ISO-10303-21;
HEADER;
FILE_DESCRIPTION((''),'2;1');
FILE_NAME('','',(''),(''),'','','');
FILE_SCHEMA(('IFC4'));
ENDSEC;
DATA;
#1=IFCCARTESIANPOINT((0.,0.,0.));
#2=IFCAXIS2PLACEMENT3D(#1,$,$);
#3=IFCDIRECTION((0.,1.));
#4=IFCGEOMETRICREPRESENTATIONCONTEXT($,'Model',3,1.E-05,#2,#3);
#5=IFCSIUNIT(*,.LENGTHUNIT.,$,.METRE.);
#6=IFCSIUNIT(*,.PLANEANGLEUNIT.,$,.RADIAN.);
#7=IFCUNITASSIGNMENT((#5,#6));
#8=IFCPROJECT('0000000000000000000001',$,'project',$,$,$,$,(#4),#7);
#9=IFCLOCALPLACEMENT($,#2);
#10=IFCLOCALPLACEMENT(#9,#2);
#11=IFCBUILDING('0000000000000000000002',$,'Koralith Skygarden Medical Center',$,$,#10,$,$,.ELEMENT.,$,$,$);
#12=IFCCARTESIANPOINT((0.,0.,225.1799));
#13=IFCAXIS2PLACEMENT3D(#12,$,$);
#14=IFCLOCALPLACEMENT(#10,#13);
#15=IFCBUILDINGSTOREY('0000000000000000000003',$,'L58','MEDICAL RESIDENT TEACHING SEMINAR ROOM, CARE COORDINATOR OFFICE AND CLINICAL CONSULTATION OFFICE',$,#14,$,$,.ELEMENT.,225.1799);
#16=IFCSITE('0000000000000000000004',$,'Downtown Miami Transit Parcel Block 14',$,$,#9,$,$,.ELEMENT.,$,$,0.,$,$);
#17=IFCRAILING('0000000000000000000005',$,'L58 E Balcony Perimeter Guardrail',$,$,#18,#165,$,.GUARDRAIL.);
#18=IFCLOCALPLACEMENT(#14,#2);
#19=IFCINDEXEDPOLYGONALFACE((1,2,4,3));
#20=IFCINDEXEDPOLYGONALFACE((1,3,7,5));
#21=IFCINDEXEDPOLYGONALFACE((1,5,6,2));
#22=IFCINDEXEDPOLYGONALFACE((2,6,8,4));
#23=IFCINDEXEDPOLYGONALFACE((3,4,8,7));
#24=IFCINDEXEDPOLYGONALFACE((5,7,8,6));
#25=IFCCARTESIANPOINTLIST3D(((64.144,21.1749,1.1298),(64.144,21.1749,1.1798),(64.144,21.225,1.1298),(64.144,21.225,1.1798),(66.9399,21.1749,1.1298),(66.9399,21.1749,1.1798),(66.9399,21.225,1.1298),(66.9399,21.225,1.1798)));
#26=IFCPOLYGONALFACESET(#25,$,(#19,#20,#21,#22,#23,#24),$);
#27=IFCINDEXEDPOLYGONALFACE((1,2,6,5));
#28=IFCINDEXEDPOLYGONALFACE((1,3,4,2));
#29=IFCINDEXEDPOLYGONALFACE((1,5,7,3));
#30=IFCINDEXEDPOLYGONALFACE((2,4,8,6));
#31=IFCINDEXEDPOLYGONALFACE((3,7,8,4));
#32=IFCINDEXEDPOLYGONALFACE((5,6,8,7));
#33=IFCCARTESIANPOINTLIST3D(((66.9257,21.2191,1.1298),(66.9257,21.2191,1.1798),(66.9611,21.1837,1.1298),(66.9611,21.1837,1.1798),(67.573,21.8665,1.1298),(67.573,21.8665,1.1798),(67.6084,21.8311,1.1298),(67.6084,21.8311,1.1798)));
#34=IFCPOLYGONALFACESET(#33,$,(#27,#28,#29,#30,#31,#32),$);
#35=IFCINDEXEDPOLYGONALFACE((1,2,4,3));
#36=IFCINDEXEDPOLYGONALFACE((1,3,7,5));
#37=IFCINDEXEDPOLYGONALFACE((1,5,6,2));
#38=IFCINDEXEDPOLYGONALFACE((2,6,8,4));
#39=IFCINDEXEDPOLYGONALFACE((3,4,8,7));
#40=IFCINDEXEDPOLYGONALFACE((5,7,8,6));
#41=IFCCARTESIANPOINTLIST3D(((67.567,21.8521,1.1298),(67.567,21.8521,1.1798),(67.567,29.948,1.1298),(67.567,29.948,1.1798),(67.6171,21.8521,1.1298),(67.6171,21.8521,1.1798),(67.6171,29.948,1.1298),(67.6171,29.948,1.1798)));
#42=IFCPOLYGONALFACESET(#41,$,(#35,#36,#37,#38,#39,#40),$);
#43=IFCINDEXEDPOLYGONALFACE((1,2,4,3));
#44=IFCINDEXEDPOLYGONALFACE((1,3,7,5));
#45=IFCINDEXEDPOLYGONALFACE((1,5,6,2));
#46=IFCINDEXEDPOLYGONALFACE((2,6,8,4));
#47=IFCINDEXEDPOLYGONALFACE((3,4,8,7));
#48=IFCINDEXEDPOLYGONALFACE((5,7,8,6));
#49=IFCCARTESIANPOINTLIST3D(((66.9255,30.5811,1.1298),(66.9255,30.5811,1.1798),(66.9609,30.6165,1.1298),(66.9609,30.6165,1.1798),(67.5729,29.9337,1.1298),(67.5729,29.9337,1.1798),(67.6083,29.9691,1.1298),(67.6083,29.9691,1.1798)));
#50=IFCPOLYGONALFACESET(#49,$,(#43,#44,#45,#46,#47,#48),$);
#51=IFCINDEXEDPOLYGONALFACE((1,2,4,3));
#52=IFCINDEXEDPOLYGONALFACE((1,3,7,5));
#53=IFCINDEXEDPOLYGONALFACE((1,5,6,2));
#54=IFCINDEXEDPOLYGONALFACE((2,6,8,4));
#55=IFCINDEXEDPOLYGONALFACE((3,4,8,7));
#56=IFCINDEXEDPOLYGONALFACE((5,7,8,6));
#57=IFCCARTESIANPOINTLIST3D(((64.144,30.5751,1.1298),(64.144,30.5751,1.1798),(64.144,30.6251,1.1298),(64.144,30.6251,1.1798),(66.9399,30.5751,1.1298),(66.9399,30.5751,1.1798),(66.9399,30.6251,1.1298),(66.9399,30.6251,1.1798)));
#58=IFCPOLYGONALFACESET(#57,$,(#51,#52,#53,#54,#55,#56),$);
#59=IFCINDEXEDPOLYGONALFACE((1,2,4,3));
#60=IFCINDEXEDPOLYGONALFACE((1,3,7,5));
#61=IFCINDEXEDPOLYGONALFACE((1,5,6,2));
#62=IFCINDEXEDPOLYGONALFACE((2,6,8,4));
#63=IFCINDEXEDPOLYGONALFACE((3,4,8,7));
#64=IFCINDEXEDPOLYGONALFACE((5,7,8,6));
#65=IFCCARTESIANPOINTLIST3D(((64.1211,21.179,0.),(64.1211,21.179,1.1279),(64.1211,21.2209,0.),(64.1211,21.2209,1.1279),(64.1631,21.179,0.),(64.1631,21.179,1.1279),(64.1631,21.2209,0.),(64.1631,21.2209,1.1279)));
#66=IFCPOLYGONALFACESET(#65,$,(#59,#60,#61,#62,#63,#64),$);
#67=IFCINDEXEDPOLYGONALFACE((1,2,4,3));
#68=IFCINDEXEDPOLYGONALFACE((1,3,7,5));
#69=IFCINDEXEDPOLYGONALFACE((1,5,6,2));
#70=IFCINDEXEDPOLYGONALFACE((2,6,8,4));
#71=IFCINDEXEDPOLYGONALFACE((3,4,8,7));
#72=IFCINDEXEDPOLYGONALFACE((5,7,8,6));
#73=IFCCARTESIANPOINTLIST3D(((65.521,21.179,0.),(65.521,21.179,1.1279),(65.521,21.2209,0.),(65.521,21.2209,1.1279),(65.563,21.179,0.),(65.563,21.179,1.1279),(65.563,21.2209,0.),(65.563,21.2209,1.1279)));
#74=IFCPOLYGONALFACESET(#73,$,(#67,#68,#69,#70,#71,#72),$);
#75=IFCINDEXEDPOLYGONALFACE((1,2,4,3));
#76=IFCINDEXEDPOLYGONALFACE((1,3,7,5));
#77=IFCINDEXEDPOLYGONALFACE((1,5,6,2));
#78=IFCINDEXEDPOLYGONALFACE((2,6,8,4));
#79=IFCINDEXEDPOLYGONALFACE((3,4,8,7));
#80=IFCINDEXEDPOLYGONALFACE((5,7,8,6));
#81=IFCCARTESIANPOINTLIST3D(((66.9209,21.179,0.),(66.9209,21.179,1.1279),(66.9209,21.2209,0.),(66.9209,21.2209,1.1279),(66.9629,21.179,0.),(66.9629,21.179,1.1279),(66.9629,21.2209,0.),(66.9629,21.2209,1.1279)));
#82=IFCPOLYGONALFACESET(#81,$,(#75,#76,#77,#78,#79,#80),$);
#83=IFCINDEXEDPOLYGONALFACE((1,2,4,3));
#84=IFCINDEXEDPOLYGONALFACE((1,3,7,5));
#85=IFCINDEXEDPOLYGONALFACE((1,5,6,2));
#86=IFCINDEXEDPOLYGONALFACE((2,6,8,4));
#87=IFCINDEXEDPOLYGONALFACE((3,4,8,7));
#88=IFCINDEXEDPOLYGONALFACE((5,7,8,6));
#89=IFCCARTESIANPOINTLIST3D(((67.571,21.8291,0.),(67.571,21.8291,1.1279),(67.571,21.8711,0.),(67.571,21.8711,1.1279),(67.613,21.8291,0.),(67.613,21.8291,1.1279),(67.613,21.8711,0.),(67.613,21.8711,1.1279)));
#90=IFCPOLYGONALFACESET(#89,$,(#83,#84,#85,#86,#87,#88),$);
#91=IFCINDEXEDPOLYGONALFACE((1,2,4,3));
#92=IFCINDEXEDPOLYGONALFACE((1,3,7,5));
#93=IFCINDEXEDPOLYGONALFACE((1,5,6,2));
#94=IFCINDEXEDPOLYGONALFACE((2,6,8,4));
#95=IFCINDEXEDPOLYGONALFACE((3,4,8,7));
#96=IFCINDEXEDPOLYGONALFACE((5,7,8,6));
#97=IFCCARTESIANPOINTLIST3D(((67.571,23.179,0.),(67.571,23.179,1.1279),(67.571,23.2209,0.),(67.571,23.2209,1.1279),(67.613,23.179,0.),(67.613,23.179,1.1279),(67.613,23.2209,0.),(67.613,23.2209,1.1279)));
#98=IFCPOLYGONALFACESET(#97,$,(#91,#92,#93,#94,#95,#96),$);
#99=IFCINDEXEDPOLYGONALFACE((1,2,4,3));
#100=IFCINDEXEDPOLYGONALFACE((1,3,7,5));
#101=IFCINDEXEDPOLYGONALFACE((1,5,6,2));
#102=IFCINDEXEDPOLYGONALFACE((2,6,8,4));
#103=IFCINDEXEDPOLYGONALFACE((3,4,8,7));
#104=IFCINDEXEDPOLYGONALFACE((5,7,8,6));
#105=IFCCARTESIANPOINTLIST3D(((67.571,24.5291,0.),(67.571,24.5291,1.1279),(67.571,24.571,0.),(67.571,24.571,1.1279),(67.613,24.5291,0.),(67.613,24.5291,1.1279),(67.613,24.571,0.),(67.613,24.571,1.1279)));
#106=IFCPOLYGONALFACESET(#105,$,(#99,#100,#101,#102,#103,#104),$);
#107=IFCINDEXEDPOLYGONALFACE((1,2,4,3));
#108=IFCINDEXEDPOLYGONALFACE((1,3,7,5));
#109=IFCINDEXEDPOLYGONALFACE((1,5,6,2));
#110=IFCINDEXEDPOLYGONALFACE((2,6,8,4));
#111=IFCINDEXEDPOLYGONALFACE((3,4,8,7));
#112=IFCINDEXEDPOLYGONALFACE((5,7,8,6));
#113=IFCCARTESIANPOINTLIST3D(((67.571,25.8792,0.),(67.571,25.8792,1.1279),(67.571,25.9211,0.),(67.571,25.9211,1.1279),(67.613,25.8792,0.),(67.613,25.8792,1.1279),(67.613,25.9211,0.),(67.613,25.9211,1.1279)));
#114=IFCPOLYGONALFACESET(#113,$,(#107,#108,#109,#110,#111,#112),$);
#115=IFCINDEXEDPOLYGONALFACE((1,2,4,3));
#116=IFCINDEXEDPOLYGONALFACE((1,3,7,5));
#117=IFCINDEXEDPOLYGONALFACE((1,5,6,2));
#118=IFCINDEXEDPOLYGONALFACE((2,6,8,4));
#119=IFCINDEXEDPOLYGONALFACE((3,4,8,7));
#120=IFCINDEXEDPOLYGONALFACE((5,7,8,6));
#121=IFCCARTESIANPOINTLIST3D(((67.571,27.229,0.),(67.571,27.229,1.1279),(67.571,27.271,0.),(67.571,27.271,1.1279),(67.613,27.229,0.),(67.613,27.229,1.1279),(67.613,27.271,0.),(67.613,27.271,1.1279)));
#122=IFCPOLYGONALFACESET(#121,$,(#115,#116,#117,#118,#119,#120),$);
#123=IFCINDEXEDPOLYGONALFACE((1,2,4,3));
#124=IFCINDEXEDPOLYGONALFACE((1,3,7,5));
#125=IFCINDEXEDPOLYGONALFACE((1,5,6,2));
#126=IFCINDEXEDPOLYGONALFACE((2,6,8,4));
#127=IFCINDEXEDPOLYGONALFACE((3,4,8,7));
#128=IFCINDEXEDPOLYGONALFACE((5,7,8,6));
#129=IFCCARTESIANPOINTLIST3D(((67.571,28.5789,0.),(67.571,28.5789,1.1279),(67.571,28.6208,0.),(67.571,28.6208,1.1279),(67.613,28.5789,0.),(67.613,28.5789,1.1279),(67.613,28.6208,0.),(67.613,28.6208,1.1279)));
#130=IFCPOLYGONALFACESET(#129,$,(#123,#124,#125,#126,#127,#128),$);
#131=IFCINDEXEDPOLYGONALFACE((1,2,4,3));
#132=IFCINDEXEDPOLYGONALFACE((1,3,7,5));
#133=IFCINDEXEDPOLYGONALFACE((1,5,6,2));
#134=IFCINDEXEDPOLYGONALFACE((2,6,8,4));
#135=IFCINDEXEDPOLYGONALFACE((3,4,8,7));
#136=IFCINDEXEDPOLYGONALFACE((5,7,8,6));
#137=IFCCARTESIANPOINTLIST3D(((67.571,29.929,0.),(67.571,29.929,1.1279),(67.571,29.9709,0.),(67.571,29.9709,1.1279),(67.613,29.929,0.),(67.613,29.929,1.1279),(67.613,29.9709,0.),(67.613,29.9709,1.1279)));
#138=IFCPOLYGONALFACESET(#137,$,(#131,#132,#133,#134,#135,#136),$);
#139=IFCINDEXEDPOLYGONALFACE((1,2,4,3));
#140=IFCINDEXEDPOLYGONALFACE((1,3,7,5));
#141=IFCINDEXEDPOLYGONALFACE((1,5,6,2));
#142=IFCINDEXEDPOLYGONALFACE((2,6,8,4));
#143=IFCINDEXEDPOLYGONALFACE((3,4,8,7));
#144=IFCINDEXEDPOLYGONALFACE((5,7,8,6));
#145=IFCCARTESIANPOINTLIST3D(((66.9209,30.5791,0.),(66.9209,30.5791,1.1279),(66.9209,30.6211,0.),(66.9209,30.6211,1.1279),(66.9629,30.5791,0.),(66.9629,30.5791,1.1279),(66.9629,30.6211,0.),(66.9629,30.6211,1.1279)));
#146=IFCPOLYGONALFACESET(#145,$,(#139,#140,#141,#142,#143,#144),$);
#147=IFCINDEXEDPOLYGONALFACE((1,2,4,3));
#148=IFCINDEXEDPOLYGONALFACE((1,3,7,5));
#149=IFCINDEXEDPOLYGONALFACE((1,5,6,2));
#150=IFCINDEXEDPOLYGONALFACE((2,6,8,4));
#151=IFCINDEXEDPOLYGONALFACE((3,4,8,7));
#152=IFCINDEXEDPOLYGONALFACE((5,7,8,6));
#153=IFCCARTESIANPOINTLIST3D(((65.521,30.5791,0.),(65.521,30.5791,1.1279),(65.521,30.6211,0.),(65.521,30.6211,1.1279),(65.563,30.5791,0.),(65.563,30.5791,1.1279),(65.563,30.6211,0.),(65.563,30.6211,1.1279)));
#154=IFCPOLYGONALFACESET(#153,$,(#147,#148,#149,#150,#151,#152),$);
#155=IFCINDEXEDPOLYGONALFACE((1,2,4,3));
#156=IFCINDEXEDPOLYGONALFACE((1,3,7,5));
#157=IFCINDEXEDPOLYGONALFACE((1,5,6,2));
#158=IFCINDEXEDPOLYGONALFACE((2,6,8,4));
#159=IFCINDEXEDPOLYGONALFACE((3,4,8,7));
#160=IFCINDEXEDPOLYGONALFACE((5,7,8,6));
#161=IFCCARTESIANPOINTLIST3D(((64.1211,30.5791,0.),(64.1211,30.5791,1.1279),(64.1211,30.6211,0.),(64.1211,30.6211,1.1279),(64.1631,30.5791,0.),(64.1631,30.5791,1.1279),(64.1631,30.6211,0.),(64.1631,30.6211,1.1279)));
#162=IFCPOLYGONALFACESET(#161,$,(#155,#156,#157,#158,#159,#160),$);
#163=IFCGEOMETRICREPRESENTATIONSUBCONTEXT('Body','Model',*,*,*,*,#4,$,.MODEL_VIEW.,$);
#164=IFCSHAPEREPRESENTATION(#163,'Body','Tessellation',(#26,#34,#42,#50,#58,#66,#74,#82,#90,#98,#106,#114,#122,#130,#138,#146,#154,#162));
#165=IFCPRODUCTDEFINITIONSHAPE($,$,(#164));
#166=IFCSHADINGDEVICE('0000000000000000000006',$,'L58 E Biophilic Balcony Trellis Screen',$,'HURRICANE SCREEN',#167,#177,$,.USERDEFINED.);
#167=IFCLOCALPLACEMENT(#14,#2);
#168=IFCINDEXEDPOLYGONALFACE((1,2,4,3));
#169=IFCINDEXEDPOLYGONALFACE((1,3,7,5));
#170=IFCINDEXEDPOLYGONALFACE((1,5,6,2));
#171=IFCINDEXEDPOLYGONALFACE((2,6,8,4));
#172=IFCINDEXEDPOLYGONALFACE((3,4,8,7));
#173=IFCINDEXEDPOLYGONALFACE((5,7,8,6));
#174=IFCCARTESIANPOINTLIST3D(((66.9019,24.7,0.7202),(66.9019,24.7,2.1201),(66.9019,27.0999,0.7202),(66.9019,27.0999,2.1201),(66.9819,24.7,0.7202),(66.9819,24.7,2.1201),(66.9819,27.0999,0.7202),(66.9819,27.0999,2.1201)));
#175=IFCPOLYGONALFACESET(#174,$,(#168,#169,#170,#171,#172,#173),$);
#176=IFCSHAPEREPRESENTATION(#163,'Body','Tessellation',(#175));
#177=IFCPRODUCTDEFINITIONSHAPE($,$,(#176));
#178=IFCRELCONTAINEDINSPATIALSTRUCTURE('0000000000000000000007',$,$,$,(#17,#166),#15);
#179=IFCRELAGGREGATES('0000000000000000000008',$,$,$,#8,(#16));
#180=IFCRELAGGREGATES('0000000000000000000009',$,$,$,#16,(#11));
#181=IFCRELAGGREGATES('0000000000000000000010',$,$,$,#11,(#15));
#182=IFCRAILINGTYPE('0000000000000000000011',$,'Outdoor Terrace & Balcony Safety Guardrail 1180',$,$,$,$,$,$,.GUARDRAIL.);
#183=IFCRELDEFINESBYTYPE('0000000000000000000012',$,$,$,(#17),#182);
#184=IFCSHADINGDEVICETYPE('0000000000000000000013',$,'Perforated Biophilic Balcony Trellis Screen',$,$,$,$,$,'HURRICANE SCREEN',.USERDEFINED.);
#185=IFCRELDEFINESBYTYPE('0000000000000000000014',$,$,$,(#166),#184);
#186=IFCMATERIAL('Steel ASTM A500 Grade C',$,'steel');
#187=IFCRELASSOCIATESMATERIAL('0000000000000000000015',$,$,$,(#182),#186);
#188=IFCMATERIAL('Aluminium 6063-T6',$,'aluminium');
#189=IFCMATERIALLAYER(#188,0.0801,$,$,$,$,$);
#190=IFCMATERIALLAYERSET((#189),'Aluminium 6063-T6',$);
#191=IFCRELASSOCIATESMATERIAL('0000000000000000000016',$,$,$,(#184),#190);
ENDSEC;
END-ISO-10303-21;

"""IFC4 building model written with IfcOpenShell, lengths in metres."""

from ifc_helpers import new_model, si_unit, direction, frame, origin, origin_2d, place, context, subcontext, project, spatial, rectangle, extrude, material, layer, layer_set, type_object, element, save


model = new_model("IFC4")

# Units and contexts
model_context = context("Model", 3, precision=1e-05, world=origin(), true_north=direction((0.0, 1.0)))
body_context = subcontext(model_context, "Body", "Model", "MODEL_VIEW")
ifc_project = project(units=[si_unit("LENGTHUNIT", "METRE"), si_unit("PLANEANGLEUNIT", "RADIAN")], contexts=[model_context])

# Site, building, storey
site_placement = place(None, origin())
site = spatial("IfcSite", under=ifc_project, at=site_placement, Name="Downtown Miami Transit Parcel Block 14", CompositionType="ELEMENT", RefElevation=0.0)
building_placement = place(site_placement, origin())
building = spatial("IfcBuilding", under=site, at=building_placement, Name="Koralith Skygarden Medical Center", CompositionType="ELEMENT")
storey_placement = place(building_placement, frame((0.0, 0.0, 225.1799)))
storey = spatial("IfcBuildingStorey", under=building, at=storey_placement, Name="L58", Description="MEDICAL RESIDENT TEACHING SEMINAR ROOM, CARE COORDINATOR OFFICE AND CLINICAL CONSULTATION OFFICE", CompositionType="ELEMENT", Elevation=225.1799)

# Shared definitions
ifc_material_1 = material(Name="Aluminium 6063-T6", Category="aluminium")

# Railing
ifc_material_2 = material(Name="Steel ASTM A500 Grade C", Category="steel")
railing_type = type_object("IfcRailingType", Name="Outdoor Terrace & Balcony Safety Guardrail 1180", PredefinedType="GUARDRAIL", material=ifc_material_2)
railing_placement = place(storey_placement, frame((64.1421, 21.2, 0.0)))
element("IfcRailing", 1, at=railing_placement, inside=storey, type_object=railing_type, Name="L58 E Balcony Perimeter Guardrail", PredefinedType="GUARDRAIL", context=body_context, shape_type="SweptSolid", body=[
    extrude(rectangle(XDim=0.05, YDim=0.05, at=origin_2d()), frame((0.002, 0.0, 1.1548), z_axis=(1.0, 0.0, 0.0), x_axis=(0.0, 1.0, 0.0)), (0.0, 0.0, 1.0), 2.7959),
    extrude(rectangle(XDim=0.05, YDim=0.05, at=origin_2d()), frame((2.8013, 0.0015, 1.1548), z_axis=(0.707107, 0.707107, 0.0), x_axis=(-0.707107, 0.707107, 0.0)), (0.0, 0.0, 1.0), 0.9155),
    extrude(rectangle(XDim=0.05, YDim=0.05, at=origin_2d()), frame((3.45, 0.6521, 1.1548), z_axis=(0.0, 1.0, 0.0), x_axis=(-1.0, 0.0, 0.0)), (0.0, 0.0, 1.0), 8.0959),
    extrude(rectangle(XDim=0.05, YDim=0.05, at=origin_2d()), frame((3.4485, 8.7515, 1.1548), z_axis=(-0.707107, 0.707107, 0.0), x_axis=(-0.707107, -0.707107, 0.0)), (0.0, 0.0, 1.0), 0.9155),
    extrude(rectangle(XDim=0.05, YDim=0.05, at=origin_2d()), frame((2.7979, 9.4001, 1.1548), z_axis=(-1.0, 0.0, 0.0), x_axis=(0.0, -1.0, 0.0)), (0.0, 0.0, 1.0), 2.7959),
    extrude(rectangle(XDim=0.042, YDim=0.042, at=origin_2d()), origin(), (0.0, 0.0, 1.0), 1.1279),
    extrude(rectangle(XDim=0.042, YDim=0.042, at=origin_2d()), frame((1.3999, 0.0, 0.0)), (0.0, 0.0, 1.0), 1.1279),
    extrude(rectangle(XDim=0.042, YDim=0.042, at=origin_2d()), frame((2.7998, 0.0, 0.0)), (0.0, 0.0, 1.0), 1.1279),
    extrude(rectangle(XDim=0.042, YDim=0.042, at=origin_2d()), frame((3.45, 0.6501, 0.0)), (0.0, 0.0, 1.0), 1.1279),
    extrude(rectangle(XDim=0.042, YDim=0.042, at=origin_2d()), frame((3.45, 2.0, 0.0)), (0.0, 0.0, 1.0), 1.1279),
    extrude(rectangle(XDim=0.042, YDim=0.042, at=origin_2d()), frame((3.45, 3.3501, 0.0)), (0.0, 0.0, 1.0), 1.1279),
    extrude(rectangle(XDim=0.042, YDim=0.042, at=origin_2d()), frame((3.45, 4.7002, 0.0)), (0.0, 0.0, 1.0), 1.1279),
    extrude(rectangle(XDim=0.042, YDim=0.042, at=origin_2d()), frame((3.45, 6.05, 0.0)), (0.0, 0.0, 1.0), 1.1279),
    extrude(rectangle(XDim=0.042, YDim=0.042, at=origin_2d()), frame((3.45, 7.3999, 0.0)), (0.0, 0.0, 1.0), 1.1279),
    extrude(rectangle(XDim=0.042, YDim=0.042, at=origin_2d()), frame((3.45, 8.75, 0.0)), (0.0, 0.0, 1.0), 1.1279),
    extrude(rectangle(XDim=0.042, YDim=0.042, at=origin_2d()), frame((2.7998, 9.4001, 0.0)), (0.0, 0.0, 1.0), 1.1279),
    extrude(rectangle(XDim=0.042, YDim=0.042, at=origin_2d()), frame((1.3999, 9.4001, 0.0)), (0.0, 0.0, 1.0), 1.1279),
    extrude(rectangle(XDim=0.042, YDim=0.042, at=origin_2d()), frame((0.0, 9.4001, 0.0)), (0.0, 0.0, 1.0), 1.1279),
])

# Shading device
ifc_layer_1 = layer(ifc_material_1, 0.0801)
ifc_layer_set_1 = layer_set([ifc_layer_1], Name="Aluminium 6063-T6")
shading_device_type = type_object("IfcShadingDeviceType", Name="Perforated Biophilic Balcony Trellis Screen", ElementType="HURRICANE SCREEN", PredefinedType="USERDEFINED", material=ifc_layer_set_1)
shading_device_placement = place(storey_placement, frame((66.9419, 25.8999, 0.7202), z_axis=(0.0, 0.0, 1.0), x_axis=(0.0, 1.0, 0.0)))
element("IfcShadingDevice", 2, at=shading_device_placement, inside=storey, type_object=shading_device_type, Name="L58 E Biophilic Balcony Trellis Screen", ObjectType="HURRICANE SCREEN", PredefinedType="USERDEFINED", context=body_context, shape_type="SweptSolid", body=[
    extrude(rectangle(XDim=2.3999, YDim=0.0801, at=origin_2d()), origin(), (0.0, 0.0, 1.0), 1.3999),
])

save(model, "model.ifc")
